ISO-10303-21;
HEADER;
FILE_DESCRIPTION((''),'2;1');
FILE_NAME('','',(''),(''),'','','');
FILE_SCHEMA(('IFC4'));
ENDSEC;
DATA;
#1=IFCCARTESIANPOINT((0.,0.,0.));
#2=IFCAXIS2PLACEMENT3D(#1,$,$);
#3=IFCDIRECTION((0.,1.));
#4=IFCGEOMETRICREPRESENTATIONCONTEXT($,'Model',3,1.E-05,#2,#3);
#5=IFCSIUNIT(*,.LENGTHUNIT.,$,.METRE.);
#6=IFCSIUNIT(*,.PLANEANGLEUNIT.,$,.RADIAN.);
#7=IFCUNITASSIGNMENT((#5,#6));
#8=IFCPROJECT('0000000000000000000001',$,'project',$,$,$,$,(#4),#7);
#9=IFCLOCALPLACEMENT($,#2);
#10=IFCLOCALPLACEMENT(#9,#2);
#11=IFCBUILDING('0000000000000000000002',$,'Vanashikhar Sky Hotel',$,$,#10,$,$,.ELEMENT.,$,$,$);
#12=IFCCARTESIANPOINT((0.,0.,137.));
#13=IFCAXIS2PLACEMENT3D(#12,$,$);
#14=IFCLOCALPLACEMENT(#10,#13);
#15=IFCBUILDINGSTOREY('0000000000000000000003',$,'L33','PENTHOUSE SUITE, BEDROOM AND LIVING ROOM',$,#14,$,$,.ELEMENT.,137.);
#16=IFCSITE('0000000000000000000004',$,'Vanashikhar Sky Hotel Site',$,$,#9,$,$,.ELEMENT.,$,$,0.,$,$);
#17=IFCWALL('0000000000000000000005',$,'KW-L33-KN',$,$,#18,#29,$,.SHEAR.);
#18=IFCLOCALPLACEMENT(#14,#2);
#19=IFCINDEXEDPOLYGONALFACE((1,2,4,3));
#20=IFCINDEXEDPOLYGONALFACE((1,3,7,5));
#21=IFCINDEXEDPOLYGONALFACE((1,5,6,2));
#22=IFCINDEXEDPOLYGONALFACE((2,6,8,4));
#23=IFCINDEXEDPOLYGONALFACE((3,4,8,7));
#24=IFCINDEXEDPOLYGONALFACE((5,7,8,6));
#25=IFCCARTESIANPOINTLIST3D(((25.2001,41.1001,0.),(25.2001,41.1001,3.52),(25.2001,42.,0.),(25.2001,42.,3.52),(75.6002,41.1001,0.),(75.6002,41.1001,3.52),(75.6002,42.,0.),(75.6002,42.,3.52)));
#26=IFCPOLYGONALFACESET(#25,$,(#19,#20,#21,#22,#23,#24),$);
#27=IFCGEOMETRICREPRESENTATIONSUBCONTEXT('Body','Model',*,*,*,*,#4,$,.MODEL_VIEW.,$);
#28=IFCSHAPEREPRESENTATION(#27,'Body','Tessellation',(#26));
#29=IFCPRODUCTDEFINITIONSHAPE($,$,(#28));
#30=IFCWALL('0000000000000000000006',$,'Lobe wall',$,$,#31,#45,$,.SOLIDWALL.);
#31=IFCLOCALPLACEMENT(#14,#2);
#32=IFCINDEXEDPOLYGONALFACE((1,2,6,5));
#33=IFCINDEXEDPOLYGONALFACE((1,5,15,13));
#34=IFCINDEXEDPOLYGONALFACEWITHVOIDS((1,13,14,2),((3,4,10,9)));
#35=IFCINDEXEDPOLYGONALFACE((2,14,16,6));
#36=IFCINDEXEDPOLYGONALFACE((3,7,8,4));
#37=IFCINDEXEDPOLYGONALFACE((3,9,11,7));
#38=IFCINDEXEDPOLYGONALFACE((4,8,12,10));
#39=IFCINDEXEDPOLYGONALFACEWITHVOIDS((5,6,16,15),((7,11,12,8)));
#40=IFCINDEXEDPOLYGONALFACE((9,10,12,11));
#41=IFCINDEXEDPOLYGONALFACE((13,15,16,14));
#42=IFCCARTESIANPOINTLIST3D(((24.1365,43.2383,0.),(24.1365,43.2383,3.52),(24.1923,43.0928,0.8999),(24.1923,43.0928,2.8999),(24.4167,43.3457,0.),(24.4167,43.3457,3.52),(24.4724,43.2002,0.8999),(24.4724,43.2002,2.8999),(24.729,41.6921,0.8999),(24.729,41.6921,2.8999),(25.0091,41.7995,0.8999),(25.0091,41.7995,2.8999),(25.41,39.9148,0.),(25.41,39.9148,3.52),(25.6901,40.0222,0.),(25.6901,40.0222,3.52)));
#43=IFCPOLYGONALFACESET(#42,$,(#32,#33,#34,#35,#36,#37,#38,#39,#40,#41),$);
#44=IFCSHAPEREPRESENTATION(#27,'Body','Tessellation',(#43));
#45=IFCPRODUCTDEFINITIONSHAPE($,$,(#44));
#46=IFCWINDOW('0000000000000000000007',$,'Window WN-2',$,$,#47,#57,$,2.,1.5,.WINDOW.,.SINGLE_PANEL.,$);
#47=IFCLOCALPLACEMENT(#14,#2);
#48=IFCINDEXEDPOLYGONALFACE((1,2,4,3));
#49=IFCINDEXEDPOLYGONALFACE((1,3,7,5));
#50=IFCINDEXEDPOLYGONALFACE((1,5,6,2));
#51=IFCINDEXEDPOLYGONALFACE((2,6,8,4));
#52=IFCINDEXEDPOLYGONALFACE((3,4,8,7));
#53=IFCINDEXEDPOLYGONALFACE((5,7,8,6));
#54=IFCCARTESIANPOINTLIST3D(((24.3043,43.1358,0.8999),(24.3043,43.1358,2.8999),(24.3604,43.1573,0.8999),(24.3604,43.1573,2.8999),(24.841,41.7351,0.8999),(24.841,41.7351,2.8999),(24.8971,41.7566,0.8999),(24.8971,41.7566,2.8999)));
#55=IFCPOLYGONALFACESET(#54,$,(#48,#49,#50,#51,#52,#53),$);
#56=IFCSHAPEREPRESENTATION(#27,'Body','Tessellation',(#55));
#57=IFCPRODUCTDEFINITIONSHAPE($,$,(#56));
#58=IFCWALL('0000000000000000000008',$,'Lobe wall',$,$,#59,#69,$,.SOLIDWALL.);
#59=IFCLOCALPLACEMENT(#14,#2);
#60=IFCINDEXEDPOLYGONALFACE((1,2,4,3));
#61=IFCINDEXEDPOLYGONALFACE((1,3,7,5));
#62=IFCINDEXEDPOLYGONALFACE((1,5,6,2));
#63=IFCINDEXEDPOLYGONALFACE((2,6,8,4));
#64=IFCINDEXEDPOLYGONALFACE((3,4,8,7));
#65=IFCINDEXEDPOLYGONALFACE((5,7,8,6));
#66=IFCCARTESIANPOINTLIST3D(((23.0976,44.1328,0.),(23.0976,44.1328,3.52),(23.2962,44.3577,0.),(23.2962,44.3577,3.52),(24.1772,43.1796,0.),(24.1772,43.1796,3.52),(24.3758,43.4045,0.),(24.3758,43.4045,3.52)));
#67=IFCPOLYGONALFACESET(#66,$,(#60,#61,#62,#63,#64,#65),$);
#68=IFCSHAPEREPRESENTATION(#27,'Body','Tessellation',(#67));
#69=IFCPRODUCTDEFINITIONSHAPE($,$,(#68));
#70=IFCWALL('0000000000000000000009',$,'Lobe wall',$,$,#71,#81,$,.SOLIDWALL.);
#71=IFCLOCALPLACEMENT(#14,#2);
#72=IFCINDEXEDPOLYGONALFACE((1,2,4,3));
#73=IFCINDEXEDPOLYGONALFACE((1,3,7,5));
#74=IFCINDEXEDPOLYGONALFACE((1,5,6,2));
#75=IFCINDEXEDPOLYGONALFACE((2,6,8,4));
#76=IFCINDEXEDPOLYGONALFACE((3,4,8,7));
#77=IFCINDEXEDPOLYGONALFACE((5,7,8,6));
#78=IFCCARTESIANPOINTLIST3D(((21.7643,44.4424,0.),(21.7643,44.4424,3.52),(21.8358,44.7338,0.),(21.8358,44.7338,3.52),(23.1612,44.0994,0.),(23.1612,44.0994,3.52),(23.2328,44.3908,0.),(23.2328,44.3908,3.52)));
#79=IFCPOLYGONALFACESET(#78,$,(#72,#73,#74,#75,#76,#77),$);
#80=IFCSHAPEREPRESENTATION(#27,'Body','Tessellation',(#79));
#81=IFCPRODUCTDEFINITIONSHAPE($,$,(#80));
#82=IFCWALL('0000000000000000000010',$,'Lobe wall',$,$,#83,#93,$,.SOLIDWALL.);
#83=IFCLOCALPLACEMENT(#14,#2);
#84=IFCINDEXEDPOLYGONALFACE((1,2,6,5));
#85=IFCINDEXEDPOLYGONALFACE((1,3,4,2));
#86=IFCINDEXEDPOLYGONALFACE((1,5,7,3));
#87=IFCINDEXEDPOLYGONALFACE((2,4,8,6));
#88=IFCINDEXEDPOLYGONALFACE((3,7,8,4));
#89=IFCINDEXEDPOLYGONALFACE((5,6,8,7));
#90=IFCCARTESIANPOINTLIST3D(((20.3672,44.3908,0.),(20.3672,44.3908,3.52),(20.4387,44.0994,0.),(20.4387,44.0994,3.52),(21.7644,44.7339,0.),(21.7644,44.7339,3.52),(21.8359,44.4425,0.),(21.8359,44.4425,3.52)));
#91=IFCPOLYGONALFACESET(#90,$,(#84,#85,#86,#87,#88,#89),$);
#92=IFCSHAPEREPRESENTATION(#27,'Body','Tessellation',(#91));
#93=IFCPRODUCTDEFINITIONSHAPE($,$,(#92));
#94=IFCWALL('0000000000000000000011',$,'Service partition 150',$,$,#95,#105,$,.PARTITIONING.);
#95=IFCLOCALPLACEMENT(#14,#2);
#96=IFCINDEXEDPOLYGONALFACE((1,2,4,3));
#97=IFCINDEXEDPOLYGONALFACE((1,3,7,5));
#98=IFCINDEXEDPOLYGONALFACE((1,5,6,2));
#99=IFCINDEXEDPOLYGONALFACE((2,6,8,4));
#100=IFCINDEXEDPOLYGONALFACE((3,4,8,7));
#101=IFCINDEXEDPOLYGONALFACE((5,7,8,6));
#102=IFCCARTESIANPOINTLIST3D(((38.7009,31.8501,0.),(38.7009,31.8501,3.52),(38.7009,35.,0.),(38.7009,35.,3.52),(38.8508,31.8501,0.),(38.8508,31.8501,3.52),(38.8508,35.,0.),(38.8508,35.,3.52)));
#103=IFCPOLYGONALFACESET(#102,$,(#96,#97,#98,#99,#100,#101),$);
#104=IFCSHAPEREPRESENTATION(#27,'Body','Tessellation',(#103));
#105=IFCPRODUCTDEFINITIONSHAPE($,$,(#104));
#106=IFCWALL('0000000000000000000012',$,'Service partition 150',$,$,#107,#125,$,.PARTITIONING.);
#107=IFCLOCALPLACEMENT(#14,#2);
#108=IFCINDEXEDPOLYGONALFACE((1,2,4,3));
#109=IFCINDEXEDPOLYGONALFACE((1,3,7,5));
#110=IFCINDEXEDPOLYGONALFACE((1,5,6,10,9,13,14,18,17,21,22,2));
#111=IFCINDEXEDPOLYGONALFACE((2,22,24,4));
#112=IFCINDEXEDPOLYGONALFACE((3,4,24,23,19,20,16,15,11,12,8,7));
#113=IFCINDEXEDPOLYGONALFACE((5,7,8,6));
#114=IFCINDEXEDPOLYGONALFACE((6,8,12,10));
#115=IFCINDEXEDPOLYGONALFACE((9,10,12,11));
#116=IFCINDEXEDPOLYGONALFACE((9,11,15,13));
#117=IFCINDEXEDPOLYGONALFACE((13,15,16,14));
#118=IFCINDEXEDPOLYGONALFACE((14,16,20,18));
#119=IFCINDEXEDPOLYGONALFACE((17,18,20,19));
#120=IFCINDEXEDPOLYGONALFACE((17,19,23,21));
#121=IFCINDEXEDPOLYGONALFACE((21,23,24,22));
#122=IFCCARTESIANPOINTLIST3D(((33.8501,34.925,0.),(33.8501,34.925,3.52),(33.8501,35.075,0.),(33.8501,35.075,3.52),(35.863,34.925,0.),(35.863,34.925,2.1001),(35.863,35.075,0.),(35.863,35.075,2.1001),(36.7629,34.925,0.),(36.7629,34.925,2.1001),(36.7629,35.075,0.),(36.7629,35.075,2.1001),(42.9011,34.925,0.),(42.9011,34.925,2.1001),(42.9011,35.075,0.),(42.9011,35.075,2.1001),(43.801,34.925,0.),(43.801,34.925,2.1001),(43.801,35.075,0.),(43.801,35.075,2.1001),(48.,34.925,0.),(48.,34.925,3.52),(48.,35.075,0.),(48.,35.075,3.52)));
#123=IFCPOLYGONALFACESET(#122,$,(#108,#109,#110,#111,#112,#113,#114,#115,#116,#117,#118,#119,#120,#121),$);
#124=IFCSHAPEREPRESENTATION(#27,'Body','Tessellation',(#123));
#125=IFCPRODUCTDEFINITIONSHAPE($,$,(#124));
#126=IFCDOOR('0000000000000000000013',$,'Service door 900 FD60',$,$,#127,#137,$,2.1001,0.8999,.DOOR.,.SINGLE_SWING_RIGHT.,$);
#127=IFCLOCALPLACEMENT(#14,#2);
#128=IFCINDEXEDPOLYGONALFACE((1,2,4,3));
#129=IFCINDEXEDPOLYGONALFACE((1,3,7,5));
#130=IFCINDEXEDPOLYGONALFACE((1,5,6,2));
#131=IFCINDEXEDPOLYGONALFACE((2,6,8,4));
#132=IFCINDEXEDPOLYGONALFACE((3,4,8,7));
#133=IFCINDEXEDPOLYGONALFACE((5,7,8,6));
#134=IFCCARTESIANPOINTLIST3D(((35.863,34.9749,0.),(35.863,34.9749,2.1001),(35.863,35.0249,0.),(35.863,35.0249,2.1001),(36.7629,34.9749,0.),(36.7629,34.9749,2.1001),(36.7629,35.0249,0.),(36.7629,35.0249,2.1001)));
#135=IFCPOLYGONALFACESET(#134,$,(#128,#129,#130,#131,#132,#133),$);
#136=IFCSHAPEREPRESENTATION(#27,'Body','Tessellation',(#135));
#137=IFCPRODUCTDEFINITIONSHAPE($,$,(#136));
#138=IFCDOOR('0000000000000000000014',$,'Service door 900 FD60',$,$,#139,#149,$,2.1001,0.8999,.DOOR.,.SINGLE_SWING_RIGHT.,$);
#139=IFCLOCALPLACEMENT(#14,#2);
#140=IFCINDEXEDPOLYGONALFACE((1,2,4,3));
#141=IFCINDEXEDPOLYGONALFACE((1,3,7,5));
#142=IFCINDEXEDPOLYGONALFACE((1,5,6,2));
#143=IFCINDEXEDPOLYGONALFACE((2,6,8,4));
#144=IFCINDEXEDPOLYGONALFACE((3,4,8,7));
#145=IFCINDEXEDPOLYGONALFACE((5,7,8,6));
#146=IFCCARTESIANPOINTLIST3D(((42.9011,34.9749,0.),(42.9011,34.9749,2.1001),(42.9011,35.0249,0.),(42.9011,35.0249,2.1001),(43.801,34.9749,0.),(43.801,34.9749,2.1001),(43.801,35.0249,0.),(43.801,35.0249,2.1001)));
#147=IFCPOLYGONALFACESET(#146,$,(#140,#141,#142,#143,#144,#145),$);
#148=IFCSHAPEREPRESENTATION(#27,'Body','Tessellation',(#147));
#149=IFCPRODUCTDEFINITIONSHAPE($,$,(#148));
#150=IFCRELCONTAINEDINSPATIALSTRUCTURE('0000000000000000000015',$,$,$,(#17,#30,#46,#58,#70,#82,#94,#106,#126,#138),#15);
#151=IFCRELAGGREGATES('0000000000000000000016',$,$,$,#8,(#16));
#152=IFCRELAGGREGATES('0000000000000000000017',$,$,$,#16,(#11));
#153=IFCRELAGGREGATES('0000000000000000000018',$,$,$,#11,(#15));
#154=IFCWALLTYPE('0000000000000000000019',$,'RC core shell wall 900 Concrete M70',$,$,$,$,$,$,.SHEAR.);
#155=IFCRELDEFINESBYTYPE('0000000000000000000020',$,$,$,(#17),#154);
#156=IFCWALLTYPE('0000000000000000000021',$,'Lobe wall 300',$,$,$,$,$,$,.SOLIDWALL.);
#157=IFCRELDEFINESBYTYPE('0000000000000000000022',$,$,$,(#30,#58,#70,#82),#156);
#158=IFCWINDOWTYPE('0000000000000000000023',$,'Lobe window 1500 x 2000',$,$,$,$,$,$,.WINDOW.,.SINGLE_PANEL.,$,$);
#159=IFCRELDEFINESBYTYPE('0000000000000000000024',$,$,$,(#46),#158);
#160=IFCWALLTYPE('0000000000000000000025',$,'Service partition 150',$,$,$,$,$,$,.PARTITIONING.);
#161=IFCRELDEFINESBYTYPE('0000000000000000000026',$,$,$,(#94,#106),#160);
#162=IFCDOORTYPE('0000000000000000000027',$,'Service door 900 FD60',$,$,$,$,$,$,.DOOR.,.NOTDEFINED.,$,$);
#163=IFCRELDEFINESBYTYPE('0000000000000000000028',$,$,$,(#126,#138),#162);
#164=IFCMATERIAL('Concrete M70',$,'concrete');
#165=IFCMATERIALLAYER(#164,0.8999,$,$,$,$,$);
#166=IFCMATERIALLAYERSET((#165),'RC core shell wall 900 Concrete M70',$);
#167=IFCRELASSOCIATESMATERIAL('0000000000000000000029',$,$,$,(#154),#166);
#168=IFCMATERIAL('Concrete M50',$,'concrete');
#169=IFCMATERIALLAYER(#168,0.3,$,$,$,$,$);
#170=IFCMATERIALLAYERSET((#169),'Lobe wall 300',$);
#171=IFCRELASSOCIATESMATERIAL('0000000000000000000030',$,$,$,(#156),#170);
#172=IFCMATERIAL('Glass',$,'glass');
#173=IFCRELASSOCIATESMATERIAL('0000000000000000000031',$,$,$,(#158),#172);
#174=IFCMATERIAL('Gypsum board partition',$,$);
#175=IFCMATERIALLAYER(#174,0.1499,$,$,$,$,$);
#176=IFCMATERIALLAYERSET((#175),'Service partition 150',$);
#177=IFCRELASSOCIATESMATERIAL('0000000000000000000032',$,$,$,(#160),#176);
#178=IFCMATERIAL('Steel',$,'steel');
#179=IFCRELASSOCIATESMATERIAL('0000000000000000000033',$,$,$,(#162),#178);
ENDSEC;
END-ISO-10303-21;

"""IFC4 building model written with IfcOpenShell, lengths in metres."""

from ifc_helpers import new_model, si_unit, direction, frame, frame_2d, origin, place, context, subcontext, project, spatial, rectangle, extrude, source, transform, mapped, material, layer, layer_set, type_object, element, fill, save


model = new_model("IFC4")

# Units and contexts
model_context = context("Model", 3, precision=1e-05, world=origin(), true_north=direction((0.0, 1.0)))
body_context = subcontext(model_context, "Body", "Model", "MODEL_VIEW")
ifc_project = project(units=[si_unit("LENGTHUNIT", "METRE"), si_unit("PLANEANGLEUNIT", "RADIAN")], contexts=[model_context])

# Site, building, storey
site_placement = place(None, origin())
site = spatial("IfcSite", under=ifc_project, at=site_placement, Name="Vanashikhar Sky Hotel Site", CompositionType="ELEMENT", RefElevation=0.0)
building_placement = place(site_placement, origin())
building = spatial("IfcBuilding", under=site, at=building_placement, Name="Vanashikhar Sky Hotel", CompositionType="ELEMENT")
storey_placement = place(building_placement, frame((0.0, 0.0, 137.0)))
storey = spatial("IfcBuildingStorey", under=building, at=storey_placement, Name="L33", Description="PENTHOUSE SUITE, BEDROOM AND LIVING ROOM", CompositionType="ELEMENT", Elevation=137.0)

# Wall
ifc_material_1 = material(Name="Concrete M70", Category="concrete")
ifc_layer_1 = layer(ifc_material_1, 0.8999)
ifc_layer_set_1 = layer_set([ifc_layer_1], Name="RC core shell wall 900 Concrete M70")
wall_type_1 = type_object("IfcWallType", Name="RC core shell wall 900 Concrete M70", PredefinedType="SHEAR", material=ifc_layer_set_1)
shared_shape_1 = source(origin(), body_context, "Body", "SweptSolid", [
    extrude(rectangle(XDim=50.4001, YDim=0.8999, at=frame_2d((25.2002, 0.0))), origin(), (0.0, 0.0, 1.0), 3.52),
])
wall_1_placement = place(storey_placement, frame((25.2, 41.55, 0.0), z_axis=(0.0, 0.0, 1.0), x_axis=(1.0, 0.0, 0.0)))
element("IfcWall", 1, at=wall_1_placement, inside=storey, type_object=wall_type_1, Name="KW-L33-KN", PredefinedType="SHEAR", context=body_context, shape_type="MappedRepresentation", body=[
    mapped(shared_shape_1, transform((0.0, 0.0, 0.0), scale=1.0)),
])

# Wall, opening, window
ifc_material_2 = material(Name="Concrete M50", Category="concrete")
ifc_layer_2 = layer(ifc_material_2, 0.3)
ifc_layer_set_2 = layer_set([ifc_layer_2], Name="Lobe wall 300")
wall_type_2 = type_object("IfcWallType", Name="Lobe wall 300", PredefinedType="SOLIDWALL", material=ifc_layer_set_2)
shared_shape_2 = source(origin(), body_context, "Body", "SweptSolid", [
    extrude(rectangle(XDim=3.5591, YDim=0.3, at=frame_2d((1.7795, 0.0))), origin(), (0.0, 0.0, 1.0), 3.52),
])
wall_2_placement = place(storey_placement, frame((25.55, 39.9685, 0.0), z_axis=(0.0, 0.0, 1.0), x_axis=(-0.357797, 0.933799, 0.0)))
wall_2 = element("IfcWall", 2, at=wall_2_placement, inside=storey, type_object=wall_type_2, Name="Lobe wall", PredefinedType="SOLIDWALL", context=body_context, shape_type="MappedRepresentation", body=[
    mapped(shared_shape_2, transform((0.0, 0.0, 0.0), scale=1.0)),
])
shared_shape_3 = source(origin(), body_context, "Body", "SweptSolid", [
    extrude(rectangle(XDim=1.5, YDim=2.0, at=frame_2d((0.75, 1.0))), frame((0.0, 0.1602, 0.0), z_axis=(0.0, -1.0, 0.0), x_axis=(1.0, 0.0, 0.0)), (0.0, 0.0, 1.0), 0.3201),
])
opening_1_placement = place(wall_2_placement, frame((1.9033, 0.0, 0.8999)))
opening_1 = element("IfcOpeningElement", 3, at=opening_1_placement, cuts=wall_2, PredefinedType="OPENING", context=body_context, shape_type="MappedRepresentation", body=[
    mapped(shared_shape_3, transform((0.0, 0.0, 0.0), scale=1.0)),
])
ifc_material_3 = material(Name="Glass", Category="glass")
window_type = type_object("IfcWindowType", Name="Lobe window 1500 x 2000", PartitioningType="SINGLE_PANEL", PredefinedType="WINDOW", material=ifc_material_3)
shared_shape_4 = source(origin(), body_context, "Body", "SweptSolid", [
    extrude(rectangle(XDim=1.5, YDim=2.0, at=frame_2d((0.75, 1.0))), frame((0.0, 0.03, 0.0), z_axis=(0.0, -1.0, 0.0), x_axis=(1.0, 0.0, 0.0)), (0.0, 0.0, 1.0), 0.0601),
])
window_placement = place(opening_1_placement, origin())
window = element("IfcWindow", 4, at=window_placement, inside=storey, type_object=window_type, Name="Window WN-2", OverallHeight=2.0, OverallWidth=1.5, PartitioningType="SINGLE_PANEL", PredefinedType="WINDOW", context=body_context, shape_type="MappedRepresentation", body=[
    mapped(shared_shape_4, transform((0.0, 0.0, 0.0), scale=1.0)),
])
fill(opening_1, window)

# Walls
shared_shape_5 = source(origin(), body_context, "Body", "SweptSolid", [
    extrude(rectangle(XDim=1.4402, YDim=0.3, at=frame_2d((0.7202, 0.0))), origin(), (0.0, 0.0, 1.0), 3.52),
])
wall_3_placement = place(storey_placement, frame((24.2766, 43.292, 0.0), z_axis=(0.0, 0.0, 1.0), x_axis=(-0.74965, 0.661835, 0.0)))
element("IfcWall", 5, at=wall_3_placement, inside=storey, type_object=wall_type_2, Name="Lobe wall", PredefinedType="SOLIDWALL", context=body_context, shape_type="MappedRepresentation", body=[
    mapped(shared_shape_5, transform((0.0, 0.0, 0.0), scale=1.0)),
])
shared_shape_6 = source(origin(), body_context, "Body", "SweptSolid", [
    extrude(rectangle(XDim=1.4385, YDim=0.3, at=frame_2d((0.7192, 0.0))), origin(), (0.0, 0.0, 1.0), 3.52),
])
wall_4_placement = place(storey_placement, frame((23.197, 44.2451, 0.0), z_axis=(0.0, 0.0, 1.0), x_axis=(-0.971152, 0.23846, 0.0)))
element("IfcWall", 6, at=wall_4_placement, inside=storey, type_object=wall_type_2, Name="Lobe wall", PredefinedType="SOLIDWALL", context=body_context, shape_type="MappedRepresentation", body=[
    mapped(shared_shape_6, transform((0.0, 0.0, 0.0), scale=1.0)),
])
shared_shape_7 = source(origin(), body_context, "Body", "SweptSolid", [
    extrude(rectangle(XDim=1.4387, YDim=0.3, at=frame_2d((0.7192, 0.0))), origin(), (0.0, 0.0, 1.0), 3.52),
])
wall_5_placement = place(storey_placement, frame((21.8, 44.5881, 0.0), z_axis=(0.0, 0.0, 1.0), x_axis=(-0.971162, -0.238421, 0.0)))
element("IfcWall", 7, at=wall_5_placement, inside=storey, type_object=wall_type_2, Name="Lobe wall", PredefinedType="SOLIDWALL", context=body_context, shape_type="MappedRepresentation", body=[
    mapped(shared_shape_7, transform((0.0, 0.0, 0.0), scale=1.0)),
])
ifc_material_4 = material(Name="Gypsum board partition")
ifc_layer_3 = layer(ifc_material_4, 0.1499)
ifc_layer_set_3 = layer_set([ifc_layer_3], Name="Service partition 150")
wall_type_3 = type_object("IfcWallType", Name="Service partition 150", PredefinedType="PARTITIONING", material=ifc_layer_set_3)
shared_shape_8 = source(origin(), body_context, "Body", "SweptSolid", [
    extrude(rectangle(XDim=3.1499, YDim=0.1499, at=frame_2d((1.575, 0.0))), origin(), (0.0, 0.0, 1.0), 3.52),
])
wall_6_placement = place(storey_placement, frame((38.7759, 31.8501, 0.0), z_axis=(0.0, 0.0, 1.0), x_axis=(0.0, 1.0, 0.0)))
element("IfcWall", 8, at=wall_6_placement, inside=storey, type_object=wall_type_3, Name="Service partition 150", PredefinedType="PARTITIONING", context=body_context, shape_type="MappedRepresentation", body=[
    mapped(shared_shape_8, transform((0.0, 0.0, 0.0), scale=1.0)),
])

# Wall, openings, doors
shared_shape_9 = source(origin(), body_context, "Body", "SweptSolid", [
    extrude(rectangle(XDim=14.1499, YDim=0.1499, at=frame_2d((7.075, 0.0))), origin(), (0.0, 0.0, 1.0), 3.52),
])
wall_7_placement = place(storey_placement, frame((33.8501, 35.0, 0.0), z_axis=(0.0, 0.0, 1.0), x_axis=(1.0, 0.0, 0.0)))
wall_7 = element("IfcWall", 9, at=wall_7_placement, inside=storey, type_object=wall_type_3, Name="Service partition 150", PredefinedType="PARTITIONING", context=body_context, shape_type="MappedRepresentation", body=[
    mapped(shared_shape_9, transform((0.0, 0.0, 0.0), scale=1.0)),
])
shared_shape_10 = source(origin(), body_context, "Body", "SweptSolid", [
    extrude(rectangle(XDim=0.8999, YDim=2.1001, at=frame_2d((0.45, 1.05))), frame((0.0, 0.085, 0.0), z_axis=(0.0, -1.0, 0.0), x_axis=(1.0, 0.0, 0.0)), (0.0, 0.0, 1.0), 0.1699),
])
opening_2_placement = place(wall_7_placement, frame((2.0129, 0.0, 0.0)))
opening_2 = element("IfcOpeningElement", 10, at=opening_2_placement, cuts=wall_7, PredefinedType="OPENING", context=body_context, shape_type="MappedRepresentation", body=[
    mapped(shared_shape_10, transform((0.0, 0.0, 0.0), scale=1.0)),
])
opening_3_placement = place(wall_7_placement, frame((9.051, 0.0, 0.0)))
opening_3 = element("IfcOpeningElement", 11, at=opening_3_placement, cuts=wall_7, PredefinedType="OPENING", context=body_context, shape_type="MappedRepresentation", body=[
    mapped(shared_shape_10, transform((0.0, 0.0, 0.0), scale=1.0)),
])
ifc_material_5 = material(Name="Steel", Category="steel")
door_type_1 = type_object("IfcDoorType", Name="Service door 900 FD60", OperationType="NOTDEFINED", PredefinedType="DOOR", material=ifc_material_5)
shared_shape_11 = source(origin(), body_context, "Body", "SweptSolid", [
    extrude(rectangle(XDim=0.8999, YDim=2.1001, at=frame_2d((0.45, 1.05))), frame((0.0, 0.0249, 0.0), z_axis=(0.0, -1.0, 0.0), x_axis=(1.0, 0.0, 0.0)), (0.0, 0.0, 1.0), 0.05),
])
door_1_placement = place(opening_2_placement, origin())
door_1 = element("IfcDoor", 12, at=door_1_placement, inside=storey, type_object=door_type_1, Name="Service door 900 FD60", OperationType="SINGLE_SWING_RIGHT", OverallHeight=2.1001, OverallWidth=0.8999, PredefinedType="DOOR", context=body_context, shape_type="MappedRepresentation", body=[
    mapped(shared_shape_11, transform((0.0, 0.0, 0.0), scale=1.0)),
])
fill(opening_2, door_1)
door_2_placement = place(opening_3_placement, origin())
door_2 = element("IfcDoor", 13, at=door_2_placement, inside=storey, type_object=door_type_1, Name="Service door 900 FD60", OperationType="SINGLE_SWING_RIGHT", OverallHeight=2.1001, OverallWidth=0.8999, PredefinedType="DOOR", context=body_context, shape_type="MappedRepresentation", body=[
    mapped(shared_shape_11, transform((0.0, 0.0, 0.0), scale=1.0)),
])
fill(opening_3, door_2)

save(model, "model.ifc")
